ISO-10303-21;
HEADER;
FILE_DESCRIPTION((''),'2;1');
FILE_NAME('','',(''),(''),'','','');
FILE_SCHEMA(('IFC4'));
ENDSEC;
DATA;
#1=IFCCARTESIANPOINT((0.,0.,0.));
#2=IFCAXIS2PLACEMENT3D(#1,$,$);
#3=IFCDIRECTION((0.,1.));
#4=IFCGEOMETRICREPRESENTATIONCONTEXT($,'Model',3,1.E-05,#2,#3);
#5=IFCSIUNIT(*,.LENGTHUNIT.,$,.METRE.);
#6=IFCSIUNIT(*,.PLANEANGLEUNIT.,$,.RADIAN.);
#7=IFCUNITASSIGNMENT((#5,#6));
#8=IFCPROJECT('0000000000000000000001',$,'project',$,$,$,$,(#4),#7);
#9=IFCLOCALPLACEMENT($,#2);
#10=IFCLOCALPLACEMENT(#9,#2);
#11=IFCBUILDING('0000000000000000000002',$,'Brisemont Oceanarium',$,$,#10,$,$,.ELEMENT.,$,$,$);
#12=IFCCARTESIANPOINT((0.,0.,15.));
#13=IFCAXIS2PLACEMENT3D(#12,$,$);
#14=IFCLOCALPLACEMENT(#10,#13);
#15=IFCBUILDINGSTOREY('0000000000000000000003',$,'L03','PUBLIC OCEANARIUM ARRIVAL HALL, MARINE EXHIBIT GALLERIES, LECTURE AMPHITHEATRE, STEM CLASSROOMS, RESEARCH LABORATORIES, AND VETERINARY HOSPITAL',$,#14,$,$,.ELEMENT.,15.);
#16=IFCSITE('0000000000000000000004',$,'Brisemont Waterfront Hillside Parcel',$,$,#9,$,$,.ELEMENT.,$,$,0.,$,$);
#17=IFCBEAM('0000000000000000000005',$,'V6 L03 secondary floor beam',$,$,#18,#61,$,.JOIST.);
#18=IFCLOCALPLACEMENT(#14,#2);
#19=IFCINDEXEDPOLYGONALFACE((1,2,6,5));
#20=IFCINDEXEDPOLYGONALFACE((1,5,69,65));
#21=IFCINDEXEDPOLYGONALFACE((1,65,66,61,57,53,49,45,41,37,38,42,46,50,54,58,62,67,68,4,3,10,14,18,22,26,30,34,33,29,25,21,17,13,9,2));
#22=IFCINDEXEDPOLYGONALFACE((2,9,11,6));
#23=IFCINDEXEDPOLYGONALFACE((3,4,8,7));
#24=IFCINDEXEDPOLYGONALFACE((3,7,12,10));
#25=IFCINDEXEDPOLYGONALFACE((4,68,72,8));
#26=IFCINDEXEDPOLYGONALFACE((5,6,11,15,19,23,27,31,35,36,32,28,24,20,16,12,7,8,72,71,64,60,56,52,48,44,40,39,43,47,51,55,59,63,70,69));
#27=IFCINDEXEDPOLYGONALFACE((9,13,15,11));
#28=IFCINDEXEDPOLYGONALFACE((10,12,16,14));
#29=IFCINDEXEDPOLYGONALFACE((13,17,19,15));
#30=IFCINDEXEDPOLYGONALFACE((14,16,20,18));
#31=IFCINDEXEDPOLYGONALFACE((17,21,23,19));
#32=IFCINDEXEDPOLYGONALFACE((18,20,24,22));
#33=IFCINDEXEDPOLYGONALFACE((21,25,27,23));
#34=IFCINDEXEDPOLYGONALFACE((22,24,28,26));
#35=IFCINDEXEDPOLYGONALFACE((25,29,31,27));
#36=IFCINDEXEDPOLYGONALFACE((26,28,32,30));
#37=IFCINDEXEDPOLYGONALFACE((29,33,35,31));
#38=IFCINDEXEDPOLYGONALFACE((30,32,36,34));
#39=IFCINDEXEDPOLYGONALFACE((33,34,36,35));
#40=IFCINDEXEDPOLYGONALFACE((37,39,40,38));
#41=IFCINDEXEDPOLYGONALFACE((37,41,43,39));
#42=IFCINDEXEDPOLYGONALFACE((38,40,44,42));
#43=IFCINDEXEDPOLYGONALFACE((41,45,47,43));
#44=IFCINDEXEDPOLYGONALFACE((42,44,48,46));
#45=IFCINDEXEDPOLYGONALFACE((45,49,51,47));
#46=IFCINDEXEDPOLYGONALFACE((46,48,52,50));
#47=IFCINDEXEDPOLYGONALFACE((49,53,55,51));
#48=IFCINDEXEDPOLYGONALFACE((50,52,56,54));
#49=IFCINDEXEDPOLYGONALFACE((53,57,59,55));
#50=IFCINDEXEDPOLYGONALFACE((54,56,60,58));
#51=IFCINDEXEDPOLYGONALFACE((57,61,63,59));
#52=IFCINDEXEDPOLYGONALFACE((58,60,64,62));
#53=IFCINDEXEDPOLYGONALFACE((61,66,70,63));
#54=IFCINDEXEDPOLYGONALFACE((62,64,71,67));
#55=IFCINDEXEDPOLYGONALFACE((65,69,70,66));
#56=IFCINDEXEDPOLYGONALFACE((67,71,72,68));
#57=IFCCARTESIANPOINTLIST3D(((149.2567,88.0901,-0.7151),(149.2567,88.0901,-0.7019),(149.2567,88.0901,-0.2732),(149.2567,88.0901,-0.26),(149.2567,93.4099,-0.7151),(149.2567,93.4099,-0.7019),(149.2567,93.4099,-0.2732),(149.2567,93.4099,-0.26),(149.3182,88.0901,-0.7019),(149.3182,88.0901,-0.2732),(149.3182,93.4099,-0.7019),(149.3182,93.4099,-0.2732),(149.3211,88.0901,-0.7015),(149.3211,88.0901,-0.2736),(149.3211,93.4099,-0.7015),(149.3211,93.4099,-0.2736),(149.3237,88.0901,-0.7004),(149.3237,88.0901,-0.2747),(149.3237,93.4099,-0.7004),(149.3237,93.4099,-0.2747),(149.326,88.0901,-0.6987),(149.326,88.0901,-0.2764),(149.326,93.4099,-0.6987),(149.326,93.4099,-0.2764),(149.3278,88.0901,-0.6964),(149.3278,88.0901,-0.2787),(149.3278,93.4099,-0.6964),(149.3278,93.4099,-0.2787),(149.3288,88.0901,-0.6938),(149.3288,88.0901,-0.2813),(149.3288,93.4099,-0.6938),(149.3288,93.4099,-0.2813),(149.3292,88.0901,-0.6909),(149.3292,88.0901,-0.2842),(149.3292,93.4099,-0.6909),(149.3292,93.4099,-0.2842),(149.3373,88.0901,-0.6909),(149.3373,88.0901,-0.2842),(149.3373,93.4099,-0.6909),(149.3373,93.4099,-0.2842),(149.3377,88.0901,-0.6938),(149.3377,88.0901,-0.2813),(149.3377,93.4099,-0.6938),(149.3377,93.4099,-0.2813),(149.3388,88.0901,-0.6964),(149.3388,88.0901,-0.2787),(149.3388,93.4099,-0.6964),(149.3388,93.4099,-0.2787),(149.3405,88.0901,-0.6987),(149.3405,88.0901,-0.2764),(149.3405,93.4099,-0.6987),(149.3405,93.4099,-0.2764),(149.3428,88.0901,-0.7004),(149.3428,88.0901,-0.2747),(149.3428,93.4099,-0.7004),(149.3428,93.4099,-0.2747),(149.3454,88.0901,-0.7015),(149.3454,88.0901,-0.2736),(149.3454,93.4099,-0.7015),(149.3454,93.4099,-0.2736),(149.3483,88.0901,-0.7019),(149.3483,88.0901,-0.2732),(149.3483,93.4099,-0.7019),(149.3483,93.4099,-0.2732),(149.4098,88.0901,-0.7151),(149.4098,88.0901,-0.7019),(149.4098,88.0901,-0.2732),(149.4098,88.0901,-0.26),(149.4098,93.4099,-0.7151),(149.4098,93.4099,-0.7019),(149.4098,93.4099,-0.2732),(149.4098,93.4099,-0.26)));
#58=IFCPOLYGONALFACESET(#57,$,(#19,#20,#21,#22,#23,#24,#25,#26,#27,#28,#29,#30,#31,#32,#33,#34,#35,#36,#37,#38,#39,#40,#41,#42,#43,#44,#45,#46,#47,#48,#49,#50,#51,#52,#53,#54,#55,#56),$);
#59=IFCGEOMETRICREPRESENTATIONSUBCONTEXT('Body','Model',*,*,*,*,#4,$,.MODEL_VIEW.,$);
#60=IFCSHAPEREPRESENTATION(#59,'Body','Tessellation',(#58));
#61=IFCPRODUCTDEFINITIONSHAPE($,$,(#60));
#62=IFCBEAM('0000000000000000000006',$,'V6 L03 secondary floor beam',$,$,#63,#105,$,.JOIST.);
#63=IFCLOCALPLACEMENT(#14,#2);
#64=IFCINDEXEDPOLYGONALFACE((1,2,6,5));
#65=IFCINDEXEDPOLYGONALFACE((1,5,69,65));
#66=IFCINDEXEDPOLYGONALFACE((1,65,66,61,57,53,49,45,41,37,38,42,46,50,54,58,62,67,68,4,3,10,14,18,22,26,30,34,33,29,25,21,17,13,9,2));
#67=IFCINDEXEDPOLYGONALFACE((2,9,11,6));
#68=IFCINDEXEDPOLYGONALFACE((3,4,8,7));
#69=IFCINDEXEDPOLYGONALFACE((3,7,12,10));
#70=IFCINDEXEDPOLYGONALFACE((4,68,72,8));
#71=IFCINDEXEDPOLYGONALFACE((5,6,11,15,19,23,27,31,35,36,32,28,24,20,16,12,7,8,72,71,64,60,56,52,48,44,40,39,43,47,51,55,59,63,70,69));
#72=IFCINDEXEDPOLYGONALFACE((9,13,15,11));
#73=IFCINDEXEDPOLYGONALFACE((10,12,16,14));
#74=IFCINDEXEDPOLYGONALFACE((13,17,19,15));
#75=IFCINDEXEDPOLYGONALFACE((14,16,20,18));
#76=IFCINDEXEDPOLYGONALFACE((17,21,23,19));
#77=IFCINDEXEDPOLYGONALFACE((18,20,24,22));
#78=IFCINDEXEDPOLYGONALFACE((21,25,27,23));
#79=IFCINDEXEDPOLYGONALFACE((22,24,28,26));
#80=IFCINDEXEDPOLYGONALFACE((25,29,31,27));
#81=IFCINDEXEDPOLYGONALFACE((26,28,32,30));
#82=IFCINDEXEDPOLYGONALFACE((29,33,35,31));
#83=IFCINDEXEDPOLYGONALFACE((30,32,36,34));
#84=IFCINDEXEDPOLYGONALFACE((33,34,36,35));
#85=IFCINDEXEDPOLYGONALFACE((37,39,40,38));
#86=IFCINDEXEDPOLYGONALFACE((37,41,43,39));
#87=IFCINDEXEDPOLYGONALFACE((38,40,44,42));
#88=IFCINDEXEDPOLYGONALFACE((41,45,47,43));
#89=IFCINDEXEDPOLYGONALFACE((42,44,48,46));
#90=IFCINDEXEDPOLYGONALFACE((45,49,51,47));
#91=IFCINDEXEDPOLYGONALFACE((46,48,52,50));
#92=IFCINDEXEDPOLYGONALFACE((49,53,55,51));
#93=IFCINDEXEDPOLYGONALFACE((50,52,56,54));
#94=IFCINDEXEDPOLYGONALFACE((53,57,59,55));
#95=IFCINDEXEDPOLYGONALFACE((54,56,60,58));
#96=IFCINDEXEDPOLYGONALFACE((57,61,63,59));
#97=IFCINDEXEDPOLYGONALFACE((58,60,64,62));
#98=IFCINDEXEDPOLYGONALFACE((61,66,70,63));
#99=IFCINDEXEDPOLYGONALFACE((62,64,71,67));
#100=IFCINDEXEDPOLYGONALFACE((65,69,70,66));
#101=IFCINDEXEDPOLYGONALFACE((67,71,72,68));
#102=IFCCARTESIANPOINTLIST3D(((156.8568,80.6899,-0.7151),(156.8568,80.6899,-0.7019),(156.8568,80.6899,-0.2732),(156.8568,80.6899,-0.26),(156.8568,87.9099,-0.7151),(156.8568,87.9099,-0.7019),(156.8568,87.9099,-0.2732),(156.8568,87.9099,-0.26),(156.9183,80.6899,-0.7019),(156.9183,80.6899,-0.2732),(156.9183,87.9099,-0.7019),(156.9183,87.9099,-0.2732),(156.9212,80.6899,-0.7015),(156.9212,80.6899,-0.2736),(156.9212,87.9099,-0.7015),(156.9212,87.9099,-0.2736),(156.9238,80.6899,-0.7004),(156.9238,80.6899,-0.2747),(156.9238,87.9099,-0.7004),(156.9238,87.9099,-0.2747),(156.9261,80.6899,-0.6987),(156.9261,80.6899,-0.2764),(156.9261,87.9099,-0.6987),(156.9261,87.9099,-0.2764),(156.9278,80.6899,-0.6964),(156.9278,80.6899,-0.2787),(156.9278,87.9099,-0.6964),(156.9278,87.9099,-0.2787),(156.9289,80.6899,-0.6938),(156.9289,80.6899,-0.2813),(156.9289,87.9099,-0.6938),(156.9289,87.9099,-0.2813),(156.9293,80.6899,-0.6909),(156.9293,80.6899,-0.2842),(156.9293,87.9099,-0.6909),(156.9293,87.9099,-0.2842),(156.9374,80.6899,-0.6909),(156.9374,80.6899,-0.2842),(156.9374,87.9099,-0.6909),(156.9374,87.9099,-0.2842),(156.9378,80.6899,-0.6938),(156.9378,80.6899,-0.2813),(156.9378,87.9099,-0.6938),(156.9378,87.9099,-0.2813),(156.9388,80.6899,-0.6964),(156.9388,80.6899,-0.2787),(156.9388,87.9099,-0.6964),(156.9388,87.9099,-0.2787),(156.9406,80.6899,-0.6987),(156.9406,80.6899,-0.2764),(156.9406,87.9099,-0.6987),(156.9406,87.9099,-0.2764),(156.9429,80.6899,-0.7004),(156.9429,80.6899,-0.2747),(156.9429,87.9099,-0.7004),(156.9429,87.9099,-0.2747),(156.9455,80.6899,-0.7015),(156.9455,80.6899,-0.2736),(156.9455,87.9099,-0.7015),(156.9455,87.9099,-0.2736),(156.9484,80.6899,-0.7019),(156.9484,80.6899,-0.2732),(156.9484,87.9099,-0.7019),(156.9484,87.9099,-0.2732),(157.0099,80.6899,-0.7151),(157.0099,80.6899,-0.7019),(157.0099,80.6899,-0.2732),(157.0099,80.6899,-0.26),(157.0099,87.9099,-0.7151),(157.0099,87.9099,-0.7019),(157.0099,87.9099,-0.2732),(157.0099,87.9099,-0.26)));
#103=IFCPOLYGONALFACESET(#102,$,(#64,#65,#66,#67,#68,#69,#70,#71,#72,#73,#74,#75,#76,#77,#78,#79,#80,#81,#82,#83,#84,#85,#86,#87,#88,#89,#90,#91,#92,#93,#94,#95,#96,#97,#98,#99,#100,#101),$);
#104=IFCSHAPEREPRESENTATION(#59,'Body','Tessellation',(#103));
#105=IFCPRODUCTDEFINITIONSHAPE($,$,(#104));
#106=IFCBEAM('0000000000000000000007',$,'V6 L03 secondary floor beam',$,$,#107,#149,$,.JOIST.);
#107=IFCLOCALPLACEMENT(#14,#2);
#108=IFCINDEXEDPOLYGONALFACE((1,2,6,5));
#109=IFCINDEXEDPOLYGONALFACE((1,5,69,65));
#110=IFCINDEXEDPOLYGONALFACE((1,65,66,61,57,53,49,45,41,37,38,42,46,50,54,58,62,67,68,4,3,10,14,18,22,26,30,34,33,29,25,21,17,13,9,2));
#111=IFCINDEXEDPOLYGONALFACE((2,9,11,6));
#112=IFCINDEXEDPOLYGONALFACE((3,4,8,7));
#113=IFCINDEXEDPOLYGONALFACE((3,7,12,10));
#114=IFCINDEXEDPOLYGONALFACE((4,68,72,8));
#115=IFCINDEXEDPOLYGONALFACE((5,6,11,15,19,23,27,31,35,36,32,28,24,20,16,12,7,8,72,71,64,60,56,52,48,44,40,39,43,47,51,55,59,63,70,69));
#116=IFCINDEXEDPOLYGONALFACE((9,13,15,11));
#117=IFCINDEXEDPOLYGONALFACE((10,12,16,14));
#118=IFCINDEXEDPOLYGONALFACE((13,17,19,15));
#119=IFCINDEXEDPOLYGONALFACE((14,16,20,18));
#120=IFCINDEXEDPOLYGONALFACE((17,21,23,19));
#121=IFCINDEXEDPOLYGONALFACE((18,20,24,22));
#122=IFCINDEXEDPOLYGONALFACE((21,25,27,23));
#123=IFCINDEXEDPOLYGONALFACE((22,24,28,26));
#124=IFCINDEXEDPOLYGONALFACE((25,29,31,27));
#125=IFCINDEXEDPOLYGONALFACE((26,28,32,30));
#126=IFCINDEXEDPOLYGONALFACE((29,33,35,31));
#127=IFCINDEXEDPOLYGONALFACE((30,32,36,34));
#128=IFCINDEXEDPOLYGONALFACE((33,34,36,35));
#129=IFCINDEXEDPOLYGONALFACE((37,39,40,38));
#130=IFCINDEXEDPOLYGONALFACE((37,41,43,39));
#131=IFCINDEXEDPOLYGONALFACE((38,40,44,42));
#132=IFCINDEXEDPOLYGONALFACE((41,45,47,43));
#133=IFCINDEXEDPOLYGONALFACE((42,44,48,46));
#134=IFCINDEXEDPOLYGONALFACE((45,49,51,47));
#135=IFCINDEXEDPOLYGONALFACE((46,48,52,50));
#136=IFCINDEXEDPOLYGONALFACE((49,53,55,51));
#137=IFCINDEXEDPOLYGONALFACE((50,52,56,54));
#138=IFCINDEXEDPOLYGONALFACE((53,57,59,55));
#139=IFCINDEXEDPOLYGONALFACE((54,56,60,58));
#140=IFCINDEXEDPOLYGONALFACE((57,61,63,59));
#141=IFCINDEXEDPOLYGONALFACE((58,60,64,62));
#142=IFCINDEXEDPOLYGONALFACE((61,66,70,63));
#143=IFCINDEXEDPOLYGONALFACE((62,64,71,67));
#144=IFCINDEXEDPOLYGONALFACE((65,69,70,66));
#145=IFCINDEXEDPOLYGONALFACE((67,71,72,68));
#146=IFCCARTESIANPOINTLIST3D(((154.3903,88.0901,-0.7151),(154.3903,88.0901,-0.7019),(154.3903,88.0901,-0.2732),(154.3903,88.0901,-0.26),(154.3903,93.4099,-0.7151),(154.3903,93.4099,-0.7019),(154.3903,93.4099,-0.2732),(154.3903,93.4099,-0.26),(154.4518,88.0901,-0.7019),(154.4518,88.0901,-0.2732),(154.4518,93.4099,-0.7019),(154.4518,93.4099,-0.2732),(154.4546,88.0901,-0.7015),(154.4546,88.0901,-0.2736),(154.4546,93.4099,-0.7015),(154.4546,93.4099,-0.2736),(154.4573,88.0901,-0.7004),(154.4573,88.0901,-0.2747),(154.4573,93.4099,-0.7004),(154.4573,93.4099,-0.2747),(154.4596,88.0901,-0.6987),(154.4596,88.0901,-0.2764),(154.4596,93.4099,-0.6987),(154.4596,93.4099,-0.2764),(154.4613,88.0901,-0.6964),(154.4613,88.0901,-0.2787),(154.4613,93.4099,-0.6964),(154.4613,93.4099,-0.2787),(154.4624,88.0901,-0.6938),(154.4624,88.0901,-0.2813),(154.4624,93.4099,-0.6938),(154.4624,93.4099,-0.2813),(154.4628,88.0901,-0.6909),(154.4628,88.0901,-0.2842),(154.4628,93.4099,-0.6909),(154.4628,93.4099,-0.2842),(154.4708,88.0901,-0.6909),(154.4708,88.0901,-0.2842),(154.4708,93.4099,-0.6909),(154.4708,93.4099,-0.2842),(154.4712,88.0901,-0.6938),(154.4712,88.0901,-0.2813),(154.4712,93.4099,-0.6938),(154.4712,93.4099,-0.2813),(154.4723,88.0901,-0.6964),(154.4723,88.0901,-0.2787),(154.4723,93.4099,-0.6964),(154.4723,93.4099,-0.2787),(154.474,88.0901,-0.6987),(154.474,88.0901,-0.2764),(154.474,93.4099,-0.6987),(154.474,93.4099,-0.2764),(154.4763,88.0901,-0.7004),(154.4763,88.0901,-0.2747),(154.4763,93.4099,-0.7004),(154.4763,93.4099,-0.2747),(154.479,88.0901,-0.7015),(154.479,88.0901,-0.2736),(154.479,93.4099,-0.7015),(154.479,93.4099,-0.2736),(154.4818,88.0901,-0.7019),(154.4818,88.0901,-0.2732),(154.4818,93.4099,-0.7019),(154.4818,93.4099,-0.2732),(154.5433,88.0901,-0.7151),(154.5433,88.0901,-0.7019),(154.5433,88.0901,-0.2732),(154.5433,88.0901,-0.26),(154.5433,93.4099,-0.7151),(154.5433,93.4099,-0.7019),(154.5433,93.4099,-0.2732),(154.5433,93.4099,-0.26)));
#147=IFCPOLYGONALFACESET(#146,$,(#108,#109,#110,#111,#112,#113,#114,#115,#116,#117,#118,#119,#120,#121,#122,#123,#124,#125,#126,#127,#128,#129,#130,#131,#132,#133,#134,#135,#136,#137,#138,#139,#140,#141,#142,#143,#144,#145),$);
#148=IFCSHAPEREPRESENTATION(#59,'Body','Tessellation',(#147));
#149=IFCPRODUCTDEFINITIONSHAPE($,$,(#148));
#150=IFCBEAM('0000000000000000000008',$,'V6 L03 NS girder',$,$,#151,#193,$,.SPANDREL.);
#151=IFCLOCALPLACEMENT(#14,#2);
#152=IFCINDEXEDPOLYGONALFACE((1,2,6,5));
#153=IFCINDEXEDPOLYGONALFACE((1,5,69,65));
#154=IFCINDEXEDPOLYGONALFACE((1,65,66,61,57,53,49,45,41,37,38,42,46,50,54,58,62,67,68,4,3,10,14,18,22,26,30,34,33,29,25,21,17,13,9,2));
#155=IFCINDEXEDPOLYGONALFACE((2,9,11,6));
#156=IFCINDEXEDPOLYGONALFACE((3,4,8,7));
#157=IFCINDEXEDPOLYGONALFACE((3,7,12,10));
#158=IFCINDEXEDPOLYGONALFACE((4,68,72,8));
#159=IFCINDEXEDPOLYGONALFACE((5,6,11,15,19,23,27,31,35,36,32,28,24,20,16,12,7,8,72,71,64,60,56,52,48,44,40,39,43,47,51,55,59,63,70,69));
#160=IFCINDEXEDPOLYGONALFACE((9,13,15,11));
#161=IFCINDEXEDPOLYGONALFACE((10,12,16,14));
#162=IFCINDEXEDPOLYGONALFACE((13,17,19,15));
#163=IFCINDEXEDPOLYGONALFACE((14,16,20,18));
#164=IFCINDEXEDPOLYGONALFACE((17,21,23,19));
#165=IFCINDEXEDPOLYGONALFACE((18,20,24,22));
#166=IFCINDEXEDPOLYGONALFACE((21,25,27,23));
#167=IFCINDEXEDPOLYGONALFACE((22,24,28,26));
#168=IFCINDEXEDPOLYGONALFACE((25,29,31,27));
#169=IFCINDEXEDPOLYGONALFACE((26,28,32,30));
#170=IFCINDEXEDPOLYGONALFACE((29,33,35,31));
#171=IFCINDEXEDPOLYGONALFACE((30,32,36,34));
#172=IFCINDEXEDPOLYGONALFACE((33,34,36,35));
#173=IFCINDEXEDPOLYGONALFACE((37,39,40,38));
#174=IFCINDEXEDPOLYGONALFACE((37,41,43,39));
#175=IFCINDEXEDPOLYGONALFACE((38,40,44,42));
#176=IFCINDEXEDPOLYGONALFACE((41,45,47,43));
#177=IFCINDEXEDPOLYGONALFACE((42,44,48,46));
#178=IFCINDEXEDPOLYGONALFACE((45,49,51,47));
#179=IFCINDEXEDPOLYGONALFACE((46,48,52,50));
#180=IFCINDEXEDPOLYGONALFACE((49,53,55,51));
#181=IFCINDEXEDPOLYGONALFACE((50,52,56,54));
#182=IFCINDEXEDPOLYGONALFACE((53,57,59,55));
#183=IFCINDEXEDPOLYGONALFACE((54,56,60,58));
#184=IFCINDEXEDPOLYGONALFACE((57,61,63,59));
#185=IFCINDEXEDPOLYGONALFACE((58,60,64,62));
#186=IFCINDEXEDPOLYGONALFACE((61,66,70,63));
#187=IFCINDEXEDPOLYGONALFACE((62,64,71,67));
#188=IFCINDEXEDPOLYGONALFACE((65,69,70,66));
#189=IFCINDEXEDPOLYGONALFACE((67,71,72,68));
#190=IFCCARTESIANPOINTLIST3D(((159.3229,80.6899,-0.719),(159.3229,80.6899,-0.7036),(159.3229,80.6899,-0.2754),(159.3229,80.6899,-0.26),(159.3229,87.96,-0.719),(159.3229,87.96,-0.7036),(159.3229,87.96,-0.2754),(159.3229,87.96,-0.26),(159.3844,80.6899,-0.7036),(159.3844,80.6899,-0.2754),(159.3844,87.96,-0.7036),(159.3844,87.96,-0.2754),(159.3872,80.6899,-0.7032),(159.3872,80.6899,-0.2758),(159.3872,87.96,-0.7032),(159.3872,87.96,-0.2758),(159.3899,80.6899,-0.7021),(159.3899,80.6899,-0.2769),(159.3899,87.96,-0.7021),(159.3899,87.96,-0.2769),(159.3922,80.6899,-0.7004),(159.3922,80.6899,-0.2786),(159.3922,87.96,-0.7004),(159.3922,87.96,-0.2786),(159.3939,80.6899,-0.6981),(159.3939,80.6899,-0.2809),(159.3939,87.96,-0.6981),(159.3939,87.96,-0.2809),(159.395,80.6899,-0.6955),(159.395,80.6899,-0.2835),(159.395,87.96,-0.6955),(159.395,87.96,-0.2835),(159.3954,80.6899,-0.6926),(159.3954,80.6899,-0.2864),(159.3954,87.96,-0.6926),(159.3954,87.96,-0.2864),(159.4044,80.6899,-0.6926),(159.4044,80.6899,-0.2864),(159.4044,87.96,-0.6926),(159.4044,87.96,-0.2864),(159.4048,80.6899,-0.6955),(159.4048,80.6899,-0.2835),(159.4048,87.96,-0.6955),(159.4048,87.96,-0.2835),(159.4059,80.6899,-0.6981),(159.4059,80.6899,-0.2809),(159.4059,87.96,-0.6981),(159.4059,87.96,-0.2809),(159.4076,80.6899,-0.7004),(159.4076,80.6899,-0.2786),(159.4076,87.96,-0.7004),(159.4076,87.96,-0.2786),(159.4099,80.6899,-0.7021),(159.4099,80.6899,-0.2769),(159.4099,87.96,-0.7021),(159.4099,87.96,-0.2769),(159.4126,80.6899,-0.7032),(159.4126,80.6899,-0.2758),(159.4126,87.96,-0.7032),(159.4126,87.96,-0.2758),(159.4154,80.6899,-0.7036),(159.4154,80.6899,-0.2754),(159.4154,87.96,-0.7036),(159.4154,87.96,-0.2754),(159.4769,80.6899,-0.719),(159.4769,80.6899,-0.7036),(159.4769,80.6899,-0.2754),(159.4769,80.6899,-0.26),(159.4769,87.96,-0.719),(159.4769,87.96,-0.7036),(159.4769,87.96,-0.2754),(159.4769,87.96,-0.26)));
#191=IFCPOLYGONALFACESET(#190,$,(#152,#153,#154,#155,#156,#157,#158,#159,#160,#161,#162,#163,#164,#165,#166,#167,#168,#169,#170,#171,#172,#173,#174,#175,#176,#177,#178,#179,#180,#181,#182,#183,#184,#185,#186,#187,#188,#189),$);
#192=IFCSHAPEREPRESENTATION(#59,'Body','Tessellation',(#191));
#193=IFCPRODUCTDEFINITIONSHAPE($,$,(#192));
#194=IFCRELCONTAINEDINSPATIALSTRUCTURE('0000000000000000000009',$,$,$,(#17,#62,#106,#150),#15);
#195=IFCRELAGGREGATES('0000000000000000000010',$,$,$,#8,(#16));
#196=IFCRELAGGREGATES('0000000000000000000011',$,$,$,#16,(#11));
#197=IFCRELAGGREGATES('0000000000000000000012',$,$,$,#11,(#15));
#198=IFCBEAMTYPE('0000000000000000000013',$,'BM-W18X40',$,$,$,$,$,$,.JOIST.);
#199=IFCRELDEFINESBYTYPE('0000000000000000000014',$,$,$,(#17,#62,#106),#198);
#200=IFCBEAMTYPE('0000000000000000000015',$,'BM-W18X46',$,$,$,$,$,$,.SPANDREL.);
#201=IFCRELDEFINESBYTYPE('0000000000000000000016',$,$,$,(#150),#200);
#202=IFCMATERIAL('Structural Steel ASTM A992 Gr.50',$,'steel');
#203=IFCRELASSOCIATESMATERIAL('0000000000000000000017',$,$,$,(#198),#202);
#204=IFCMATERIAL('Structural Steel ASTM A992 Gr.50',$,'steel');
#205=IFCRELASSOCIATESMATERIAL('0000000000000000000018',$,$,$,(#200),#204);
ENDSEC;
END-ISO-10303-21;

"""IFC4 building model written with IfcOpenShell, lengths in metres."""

from ifc_helpers import new_model, si_unit, direction, frame, origin, origin_2d, place, context, subcontext, project, spatial, i_section, extrude, material, material_profile, profile_set, type_object, element, save


model = new_model("IFC4")

# Units and contexts
model_context = context("Model", 3, precision=1e-05, world=origin(), true_north=direction((0.0, 1.0)))
body_context = subcontext(model_context, "Body", "Model", "MODEL_VIEW")
ifc_project = project(units=[si_unit("LENGTHUNIT", "METRE"), si_unit("PLANEANGLEUNIT", "RADIAN")], contexts=[model_context])

# Site, building, storey
site_placement = place(None, origin())
site = spatial("IfcSite", under=ifc_project, at=site_placement, Name="Brisemont Waterfront Hillside Parcel", CompositionType="ELEMENT", RefElevation=0.0)
building_placement = place(site_placement, origin())
building = spatial("IfcBuilding", under=site, at=building_placement, Name="Brisemont Oceanarium", CompositionType="ELEMENT")
storey_placement = place(building_placement, frame((0.0, 0.0, 15.0)))
storey = spatial("IfcBuildingStorey", under=building, at=storey_placement, Name="L03", Description="PUBLIC OCEANARIUM ARRIVAL HALL, MARINE EXHIBIT GALLERIES, LECTURE AMPHITHEATRE, STEM CLASSROOMS, RESEARCH LABORATORIES, AND VETERINARY HOSPITAL", CompositionType="ELEMENT", Elevation=15.0)

# Beams
ifc_material_1 = material(Name="Structural Steel ASTM A992 Gr.50", Category="steel")
ifc_material_profile_1 = material_profile(ifc_material_1, i_section(OverallWidth=0.1531, OverallDepth=0.4551, WebThickness=0.0081, FlangeThickness=0.0132, FilletRadius=0.011, at=origin_2d()), Name="W18X40")
ifc_profile_set_1 = profile_set([ifc_material_profile_1], Name="Structural Steel ASTM A992 Gr.50")
beam_type_1 = type_object("IfcBeamType", Name="BM-W18X40", PredefinedType="JOIST", material=ifc_profile_set_1)
beam_1_placement = place(storey_placement, frame((149.3333, 88.0901, -0.4875), z_axis=(0.0, 1.0, 0.0), x_axis=(-1.0, 0.0, 0.0)))
element("IfcBeam", 1, at=beam_1_placement, inside=storey, type_object=beam_type_1, Name="V6 L03 secondary floor beam", PredefinedType="JOIST", context=body_context, shape_type="SweptSolid", body=[
    extrude(i_section(OverallWidth=0.1531, OverallDepth=0.4551, WebThickness=0.0081, FlangeThickness=0.0132, FilletRadius=0.011, at=origin_2d()), origin(), (0.0, 0.0, 1.0), 5.3198),
])
beam_2_placement = place(storey_placement, frame((156.9333, 80.6899, -0.4875), z_axis=(0.0, 1.0, 0.0), x_axis=(-1.0, 0.0, 0.0)))
element("IfcBeam", 2, at=beam_2_placement, inside=storey, type_object=beam_type_1, Name="V6 L03 secondary floor beam", PredefinedType="JOIST", context=body_context, shape_type="SweptSolid", body=[
    extrude(i_section(OverallWidth=0.1531, OverallDepth=0.4551, WebThickness=0.0081, FlangeThickness=0.0132, FilletRadius=0.011, at=origin_2d()), origin(), (0.0, 0.0, 1.0), 7.22),
])
beam_3_placement = place(storey_placement, frame((154.4668, 88.0901, -0.4875), z_axis=(0.0, 1.0, 0.0), x_axis=(-1.0, 0.0, 0.0)))
element("IfcBeam", 3, at=beam_3_placement, inside=storey, type_object=beam_type_1, Name="V6 L03 secondary floor beam", PredefinedType="JOIST", context=body_context, shape_type="SweptSolid", body=[
    extrude(i_section(OverallWidth=0.1531, OverallDepth=0.4551, WebThickness=0.0081, FlangeThickness=0.0132, FilletRadius=0.011, at=origin_2d()), origin(), (0.0, 0.0, 1.0), 5.3198),
])
ifc_material_2 = material(Name="Structural Steel ASTM A992 Gr.50", Category="steel")
ifc_material_profile_2 = material_profile(ifc_material_2, i_section(OverallWidth=0.1541, OverallDepth=0.459, WebThickness=0.009, FlangeThickness=0.0154, FilletRadius=0.011, at=origin_2d()), Name="W18X46")
ifc_profile_set_2 = profile_set([ifc_material_profile_2], Name="Structural Steel ASTM A992 Gr.50")
beam_type_2 = type_object("IfcBeamType", Name="BM-W18X46", PredefinedType="SPANDREL", material=ifc_profile_set_2)
beam_4_placement = place(storey_placement, frame((159.3999, 80.6899, -0.4895), z_axis=(0.0, 1.0, 0.0), x_axis=(-1.0, 0.0, 0.0)))
element("IfcBeam", 4, at=beam_4_placement, inside=storey, type_object=beam_type_2, Name="V6 L03 NS girder", PredefinedType="SPANDREL", context=body_context, shape_type="SweptSolid", body=[
    extrude(i_section(OverallWidth=0.1541, OverallDepth=0.459, WebThickness=0.009, FlangeThickness=0.0154, FilletRadius=0.011, at=origin_2d()), origin(), (0.0, 0.0, 1.0), 7.27),
])

save(model, "model.ifc")
